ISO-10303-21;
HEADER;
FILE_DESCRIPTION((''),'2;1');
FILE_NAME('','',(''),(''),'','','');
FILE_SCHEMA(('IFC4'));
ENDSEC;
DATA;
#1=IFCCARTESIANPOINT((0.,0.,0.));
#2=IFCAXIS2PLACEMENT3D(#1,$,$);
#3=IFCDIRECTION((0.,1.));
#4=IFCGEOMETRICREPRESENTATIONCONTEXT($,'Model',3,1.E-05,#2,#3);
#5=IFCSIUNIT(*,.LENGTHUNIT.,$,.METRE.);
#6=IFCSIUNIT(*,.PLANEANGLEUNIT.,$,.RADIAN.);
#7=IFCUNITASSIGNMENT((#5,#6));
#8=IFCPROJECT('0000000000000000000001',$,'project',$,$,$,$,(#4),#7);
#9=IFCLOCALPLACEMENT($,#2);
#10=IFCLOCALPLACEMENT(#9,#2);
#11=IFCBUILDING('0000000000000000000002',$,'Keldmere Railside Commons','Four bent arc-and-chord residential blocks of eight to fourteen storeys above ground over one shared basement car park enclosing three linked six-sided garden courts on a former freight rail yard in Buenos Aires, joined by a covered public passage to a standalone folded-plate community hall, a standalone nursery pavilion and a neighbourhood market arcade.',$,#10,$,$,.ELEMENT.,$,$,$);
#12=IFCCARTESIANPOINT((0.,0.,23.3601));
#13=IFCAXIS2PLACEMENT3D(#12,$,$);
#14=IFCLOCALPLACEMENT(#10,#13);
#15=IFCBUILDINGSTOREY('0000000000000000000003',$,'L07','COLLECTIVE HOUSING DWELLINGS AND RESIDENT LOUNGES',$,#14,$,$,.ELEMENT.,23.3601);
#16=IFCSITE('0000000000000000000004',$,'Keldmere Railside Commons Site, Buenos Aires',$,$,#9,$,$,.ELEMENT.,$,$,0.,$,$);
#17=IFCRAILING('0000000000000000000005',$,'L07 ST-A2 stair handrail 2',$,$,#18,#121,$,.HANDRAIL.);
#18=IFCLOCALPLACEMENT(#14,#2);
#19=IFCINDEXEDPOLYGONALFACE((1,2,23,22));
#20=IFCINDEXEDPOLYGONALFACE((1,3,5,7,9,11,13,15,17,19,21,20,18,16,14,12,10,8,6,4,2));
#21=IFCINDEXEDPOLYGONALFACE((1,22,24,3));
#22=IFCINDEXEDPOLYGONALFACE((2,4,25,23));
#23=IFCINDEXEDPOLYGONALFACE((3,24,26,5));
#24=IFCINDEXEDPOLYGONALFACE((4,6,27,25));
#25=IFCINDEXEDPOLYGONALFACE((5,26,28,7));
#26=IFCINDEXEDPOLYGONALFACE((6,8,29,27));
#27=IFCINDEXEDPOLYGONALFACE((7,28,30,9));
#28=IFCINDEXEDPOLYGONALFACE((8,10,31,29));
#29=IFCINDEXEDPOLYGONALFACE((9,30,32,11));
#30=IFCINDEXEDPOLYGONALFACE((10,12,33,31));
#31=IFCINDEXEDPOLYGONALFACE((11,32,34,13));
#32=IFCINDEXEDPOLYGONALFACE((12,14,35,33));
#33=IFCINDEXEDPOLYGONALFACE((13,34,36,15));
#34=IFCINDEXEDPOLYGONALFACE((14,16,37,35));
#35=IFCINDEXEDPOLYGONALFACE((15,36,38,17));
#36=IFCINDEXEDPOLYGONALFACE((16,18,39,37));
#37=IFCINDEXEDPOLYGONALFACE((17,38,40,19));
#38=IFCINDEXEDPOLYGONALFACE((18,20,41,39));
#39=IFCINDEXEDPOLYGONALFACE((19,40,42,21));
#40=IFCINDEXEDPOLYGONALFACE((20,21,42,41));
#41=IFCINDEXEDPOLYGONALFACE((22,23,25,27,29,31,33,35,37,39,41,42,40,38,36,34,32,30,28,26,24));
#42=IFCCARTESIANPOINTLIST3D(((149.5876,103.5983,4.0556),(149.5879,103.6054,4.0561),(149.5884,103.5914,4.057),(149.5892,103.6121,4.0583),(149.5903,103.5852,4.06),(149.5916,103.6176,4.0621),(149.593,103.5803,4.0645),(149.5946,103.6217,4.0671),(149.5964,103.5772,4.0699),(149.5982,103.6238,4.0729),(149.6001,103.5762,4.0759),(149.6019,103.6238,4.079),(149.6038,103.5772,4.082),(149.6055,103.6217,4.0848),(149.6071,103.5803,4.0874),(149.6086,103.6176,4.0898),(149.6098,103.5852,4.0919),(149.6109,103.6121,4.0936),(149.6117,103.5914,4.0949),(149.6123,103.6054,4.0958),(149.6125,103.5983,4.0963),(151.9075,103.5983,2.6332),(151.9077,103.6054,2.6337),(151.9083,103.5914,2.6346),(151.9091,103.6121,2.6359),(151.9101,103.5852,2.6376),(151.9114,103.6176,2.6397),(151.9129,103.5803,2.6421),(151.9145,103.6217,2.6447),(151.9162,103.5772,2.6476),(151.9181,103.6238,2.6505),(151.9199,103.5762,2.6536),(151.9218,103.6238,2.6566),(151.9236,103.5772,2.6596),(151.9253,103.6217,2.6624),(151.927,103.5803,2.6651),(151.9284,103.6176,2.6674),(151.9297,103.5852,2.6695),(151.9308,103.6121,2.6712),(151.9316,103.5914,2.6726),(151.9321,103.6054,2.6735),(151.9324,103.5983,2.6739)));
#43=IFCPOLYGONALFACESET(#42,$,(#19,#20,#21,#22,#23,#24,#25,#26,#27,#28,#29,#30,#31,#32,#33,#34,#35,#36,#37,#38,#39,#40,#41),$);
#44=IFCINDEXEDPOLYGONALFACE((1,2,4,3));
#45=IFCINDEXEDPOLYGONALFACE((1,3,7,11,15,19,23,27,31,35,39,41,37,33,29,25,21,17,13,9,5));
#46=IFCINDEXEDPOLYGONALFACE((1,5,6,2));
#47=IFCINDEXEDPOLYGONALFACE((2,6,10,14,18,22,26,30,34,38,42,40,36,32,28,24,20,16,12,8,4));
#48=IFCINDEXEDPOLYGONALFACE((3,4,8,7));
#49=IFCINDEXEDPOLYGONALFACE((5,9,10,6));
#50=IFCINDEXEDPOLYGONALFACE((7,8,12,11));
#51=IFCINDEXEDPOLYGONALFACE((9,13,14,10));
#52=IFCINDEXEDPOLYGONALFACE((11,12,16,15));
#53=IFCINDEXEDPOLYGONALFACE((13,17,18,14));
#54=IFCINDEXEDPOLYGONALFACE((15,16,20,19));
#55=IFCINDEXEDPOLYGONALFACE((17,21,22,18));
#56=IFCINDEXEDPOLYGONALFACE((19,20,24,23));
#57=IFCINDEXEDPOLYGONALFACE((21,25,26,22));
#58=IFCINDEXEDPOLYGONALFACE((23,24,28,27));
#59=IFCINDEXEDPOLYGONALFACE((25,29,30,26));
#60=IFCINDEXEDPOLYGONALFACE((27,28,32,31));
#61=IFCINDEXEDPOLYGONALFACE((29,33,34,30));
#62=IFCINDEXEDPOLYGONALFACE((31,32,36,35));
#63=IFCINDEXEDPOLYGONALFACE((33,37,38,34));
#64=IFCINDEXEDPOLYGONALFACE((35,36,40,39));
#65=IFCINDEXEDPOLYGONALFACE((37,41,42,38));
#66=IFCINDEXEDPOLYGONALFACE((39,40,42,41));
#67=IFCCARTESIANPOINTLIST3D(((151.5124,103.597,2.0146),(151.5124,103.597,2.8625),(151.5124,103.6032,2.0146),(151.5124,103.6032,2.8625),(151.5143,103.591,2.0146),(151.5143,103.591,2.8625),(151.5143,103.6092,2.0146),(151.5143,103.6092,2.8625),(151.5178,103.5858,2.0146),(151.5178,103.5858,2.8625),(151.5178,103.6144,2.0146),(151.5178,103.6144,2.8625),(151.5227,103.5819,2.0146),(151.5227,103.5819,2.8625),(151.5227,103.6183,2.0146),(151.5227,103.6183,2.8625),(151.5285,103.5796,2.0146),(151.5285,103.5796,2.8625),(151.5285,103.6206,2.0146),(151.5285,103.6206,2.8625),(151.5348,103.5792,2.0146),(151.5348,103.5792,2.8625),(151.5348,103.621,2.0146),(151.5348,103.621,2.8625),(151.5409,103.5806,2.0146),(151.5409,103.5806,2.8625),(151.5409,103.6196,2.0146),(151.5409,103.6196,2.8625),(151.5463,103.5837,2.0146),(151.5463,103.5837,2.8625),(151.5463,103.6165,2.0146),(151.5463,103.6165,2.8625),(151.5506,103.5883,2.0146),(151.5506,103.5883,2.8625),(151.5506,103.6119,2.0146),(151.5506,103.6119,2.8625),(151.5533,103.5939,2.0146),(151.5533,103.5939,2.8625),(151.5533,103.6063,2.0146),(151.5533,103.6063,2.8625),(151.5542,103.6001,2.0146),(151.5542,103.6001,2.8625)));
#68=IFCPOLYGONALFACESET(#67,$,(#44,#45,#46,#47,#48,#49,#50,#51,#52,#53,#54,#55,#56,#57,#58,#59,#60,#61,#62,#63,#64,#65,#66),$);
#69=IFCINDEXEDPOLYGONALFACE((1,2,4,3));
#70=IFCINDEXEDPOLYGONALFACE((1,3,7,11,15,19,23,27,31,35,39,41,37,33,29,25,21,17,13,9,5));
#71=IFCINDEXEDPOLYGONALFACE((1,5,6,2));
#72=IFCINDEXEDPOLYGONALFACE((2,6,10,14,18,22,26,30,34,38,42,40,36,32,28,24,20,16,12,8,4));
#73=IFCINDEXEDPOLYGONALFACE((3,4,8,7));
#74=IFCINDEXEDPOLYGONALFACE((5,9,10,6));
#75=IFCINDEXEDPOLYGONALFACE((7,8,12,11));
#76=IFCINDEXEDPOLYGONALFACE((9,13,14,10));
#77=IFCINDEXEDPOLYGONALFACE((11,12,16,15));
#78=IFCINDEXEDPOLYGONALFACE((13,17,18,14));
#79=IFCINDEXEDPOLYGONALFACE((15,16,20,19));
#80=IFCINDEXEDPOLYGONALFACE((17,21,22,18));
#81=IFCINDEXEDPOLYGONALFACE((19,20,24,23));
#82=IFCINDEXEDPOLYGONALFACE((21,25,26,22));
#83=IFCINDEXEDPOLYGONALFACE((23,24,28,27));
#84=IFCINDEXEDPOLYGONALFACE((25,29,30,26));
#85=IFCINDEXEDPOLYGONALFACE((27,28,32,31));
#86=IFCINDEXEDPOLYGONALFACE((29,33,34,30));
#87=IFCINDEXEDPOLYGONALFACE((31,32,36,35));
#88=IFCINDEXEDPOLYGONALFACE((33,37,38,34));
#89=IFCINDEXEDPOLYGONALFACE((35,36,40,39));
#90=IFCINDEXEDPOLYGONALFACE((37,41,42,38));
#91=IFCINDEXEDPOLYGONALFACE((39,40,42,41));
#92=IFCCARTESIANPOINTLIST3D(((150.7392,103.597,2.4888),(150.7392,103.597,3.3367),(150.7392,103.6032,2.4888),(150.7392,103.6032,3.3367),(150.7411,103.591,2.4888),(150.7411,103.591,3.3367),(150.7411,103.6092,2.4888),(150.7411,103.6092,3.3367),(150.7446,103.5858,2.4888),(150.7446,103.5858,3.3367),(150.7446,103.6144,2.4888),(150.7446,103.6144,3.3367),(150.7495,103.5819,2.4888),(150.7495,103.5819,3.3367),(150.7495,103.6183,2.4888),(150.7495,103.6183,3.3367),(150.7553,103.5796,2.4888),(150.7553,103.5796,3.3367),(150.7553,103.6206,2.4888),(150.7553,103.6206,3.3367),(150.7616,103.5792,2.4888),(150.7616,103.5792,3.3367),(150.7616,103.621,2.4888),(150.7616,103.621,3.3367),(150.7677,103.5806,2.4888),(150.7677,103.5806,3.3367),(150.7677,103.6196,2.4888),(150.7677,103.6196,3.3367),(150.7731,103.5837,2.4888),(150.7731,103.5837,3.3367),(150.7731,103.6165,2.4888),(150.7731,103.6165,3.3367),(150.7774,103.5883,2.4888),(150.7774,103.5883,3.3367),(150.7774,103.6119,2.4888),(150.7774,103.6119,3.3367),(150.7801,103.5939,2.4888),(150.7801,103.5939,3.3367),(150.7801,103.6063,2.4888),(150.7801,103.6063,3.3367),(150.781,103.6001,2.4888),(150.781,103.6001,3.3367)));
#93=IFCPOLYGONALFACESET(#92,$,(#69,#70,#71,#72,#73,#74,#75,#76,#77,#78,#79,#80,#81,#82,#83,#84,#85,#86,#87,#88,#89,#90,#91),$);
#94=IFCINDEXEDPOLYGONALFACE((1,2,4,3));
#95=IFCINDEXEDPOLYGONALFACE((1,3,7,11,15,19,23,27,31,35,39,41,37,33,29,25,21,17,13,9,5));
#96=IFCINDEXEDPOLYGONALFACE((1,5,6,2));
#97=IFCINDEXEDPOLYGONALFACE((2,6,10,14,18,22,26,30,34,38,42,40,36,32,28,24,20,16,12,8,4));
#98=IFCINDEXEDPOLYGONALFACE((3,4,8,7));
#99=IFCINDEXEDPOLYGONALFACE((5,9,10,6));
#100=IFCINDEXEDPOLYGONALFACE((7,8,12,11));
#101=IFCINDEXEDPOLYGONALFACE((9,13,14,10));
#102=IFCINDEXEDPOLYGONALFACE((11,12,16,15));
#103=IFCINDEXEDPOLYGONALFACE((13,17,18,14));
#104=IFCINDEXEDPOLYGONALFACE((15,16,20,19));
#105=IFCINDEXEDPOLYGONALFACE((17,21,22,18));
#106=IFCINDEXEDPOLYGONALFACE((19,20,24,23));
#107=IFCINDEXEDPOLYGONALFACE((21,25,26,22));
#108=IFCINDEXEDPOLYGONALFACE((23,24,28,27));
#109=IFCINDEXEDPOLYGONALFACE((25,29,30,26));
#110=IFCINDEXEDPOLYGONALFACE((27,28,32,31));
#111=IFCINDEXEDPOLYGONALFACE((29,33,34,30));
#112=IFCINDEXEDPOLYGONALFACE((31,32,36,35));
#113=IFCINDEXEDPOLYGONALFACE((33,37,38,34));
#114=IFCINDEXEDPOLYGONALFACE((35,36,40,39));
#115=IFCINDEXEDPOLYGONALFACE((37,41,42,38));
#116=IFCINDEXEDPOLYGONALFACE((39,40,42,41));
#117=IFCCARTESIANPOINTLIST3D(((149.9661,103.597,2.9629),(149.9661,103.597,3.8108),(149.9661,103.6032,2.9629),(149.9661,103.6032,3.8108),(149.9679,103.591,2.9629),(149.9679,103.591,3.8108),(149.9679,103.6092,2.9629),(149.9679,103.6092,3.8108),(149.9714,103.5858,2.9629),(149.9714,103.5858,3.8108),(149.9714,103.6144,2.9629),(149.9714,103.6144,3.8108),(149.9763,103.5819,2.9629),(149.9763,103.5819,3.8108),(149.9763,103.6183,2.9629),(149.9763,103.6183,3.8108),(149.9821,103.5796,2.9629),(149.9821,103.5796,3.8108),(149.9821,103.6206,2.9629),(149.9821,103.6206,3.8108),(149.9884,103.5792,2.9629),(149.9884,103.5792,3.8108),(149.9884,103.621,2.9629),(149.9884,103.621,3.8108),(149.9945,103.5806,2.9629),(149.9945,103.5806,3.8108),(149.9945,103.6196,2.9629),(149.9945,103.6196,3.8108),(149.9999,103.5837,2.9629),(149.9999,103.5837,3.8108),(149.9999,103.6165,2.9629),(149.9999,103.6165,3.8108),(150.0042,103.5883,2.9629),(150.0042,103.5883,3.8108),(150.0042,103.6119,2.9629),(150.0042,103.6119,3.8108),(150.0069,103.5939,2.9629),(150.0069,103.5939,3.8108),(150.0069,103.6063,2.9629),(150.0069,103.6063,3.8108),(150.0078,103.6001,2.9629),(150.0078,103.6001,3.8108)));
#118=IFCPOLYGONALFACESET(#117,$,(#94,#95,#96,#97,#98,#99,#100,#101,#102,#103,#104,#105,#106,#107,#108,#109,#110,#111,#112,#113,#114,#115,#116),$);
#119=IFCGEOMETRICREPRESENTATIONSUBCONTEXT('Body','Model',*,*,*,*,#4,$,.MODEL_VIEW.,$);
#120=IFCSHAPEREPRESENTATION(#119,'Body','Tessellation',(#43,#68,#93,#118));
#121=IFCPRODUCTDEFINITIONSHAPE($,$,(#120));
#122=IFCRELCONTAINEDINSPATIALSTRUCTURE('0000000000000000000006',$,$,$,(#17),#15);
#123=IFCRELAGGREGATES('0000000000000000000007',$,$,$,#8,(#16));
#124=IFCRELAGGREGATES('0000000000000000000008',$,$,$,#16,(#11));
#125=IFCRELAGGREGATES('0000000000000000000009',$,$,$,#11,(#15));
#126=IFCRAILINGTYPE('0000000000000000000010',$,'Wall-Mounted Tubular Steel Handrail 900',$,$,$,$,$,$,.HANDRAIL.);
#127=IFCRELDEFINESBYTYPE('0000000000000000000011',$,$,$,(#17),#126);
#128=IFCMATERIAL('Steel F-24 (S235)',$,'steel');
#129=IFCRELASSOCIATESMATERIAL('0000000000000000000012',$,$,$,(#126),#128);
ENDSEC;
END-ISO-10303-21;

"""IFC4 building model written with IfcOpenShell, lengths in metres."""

from ifc_helpers import new_model, si_unit, direction, frame, origin, origin_2d, place, context, subcontext, project, spatial, circle, extrude, material, type_object, element, save


model = new_model("IFC4")

# Units and contexts
model_context = context("Model", 3, precision=1e-05, world=origin(), true_north=direction((0.0, 1.0)))
body_context = subcontext(model_context, "Body", "Model", "MODEL_VIEW")
ifc_project = project(units=[si_unit("LENGTHUNIT", "METRE"), si_unit("PLANEANGLEUNIT", "RADIAN")], contexts=[model_context])

# Site, building, storey
site_placement = place(None, origin())
site = spatial("IfcSite", under=ifc_project, at=site_placement, Name="Keldmere Railside Commons Site, Buenos Aires", CompositionType="ELEMENT", RefElevation=0.0)
building_placement = place(site_placement, origin())
building = spatial("IfcBuilding", under=site, at=building_placement, Name="Keldmere Railside Commons", Description="Four bent arc-and-chord residential blocks of eight to fourteen storeys above ground over one shared basement car park enclosing three linked six-sided garden courts on a former freight rail yard in Buenos Aires, joined by a covered public passage to a standalone folded-plate community hall, a standalone nursery pavilion and a neighbourhood market arcade.", CompositionType="ELEMENT")
storey_placement = place(building_placement, frame((0.0, 0.0, 23.3601)))
storey = spatial("IfcBuildingStorey", under=building, at=storey_placement, Name="L07", Description="COLLECTIVE HOUSING DWELLINGS AND RESIDENT LOUNGES", CompositionType="ELEMENT", Elevation=23.3601)

# Railing
ifc_material_1 = material(Name="Steel F-24 (S235)", Category="steel")
railing_type_1 = type_object("IfcRailingType", Name="Wall-Mounted Tubular Steel Handrail 900", PredefinedType="HANDRAIL", material=ifc_material_1)
railing_1_placement = place(storey_placement, frame((151.9199, 103.6001, 1.7776)))
element("IfcRailing", 1, at=railing_1_placement, inside=storey, type_object=railing_type_1, Name="L07 ST-A2 stair handrail 2", PredefinedType="HANDRAIL", context=body_context, shape_type="SweptSolid", body=[
    extrude(circle(Radius=0.0239, at=origin_2d()), frame((0.0, 0.0, 0.876), z_axis=(-0.852514, 0.0, 0.522705), x_axis=(0.0, -1.0, 0.0)), (0.0, 0.0, 1.0), 2.7212),
    extrude(circle(Radius=0.021, at=origin_2d()), frame((-0.3867, 0.0, 0.2371)), (0.0, 0.0, 1.0), 0.8479),
    extrude(circle(Radius=0.021, at=origin_2d()), frame((-1.1599, 0.0, 0.7112)), (0.0, 0.0, 1.0), 0.8479),
    extrude(circle(Radius=0.021, at=origin_2d()), frame((-1.9331, 0.0, 1.1853)), (0.0, 0.0, 1.0), 0.8479),
])

save(model, "model.ifc")
